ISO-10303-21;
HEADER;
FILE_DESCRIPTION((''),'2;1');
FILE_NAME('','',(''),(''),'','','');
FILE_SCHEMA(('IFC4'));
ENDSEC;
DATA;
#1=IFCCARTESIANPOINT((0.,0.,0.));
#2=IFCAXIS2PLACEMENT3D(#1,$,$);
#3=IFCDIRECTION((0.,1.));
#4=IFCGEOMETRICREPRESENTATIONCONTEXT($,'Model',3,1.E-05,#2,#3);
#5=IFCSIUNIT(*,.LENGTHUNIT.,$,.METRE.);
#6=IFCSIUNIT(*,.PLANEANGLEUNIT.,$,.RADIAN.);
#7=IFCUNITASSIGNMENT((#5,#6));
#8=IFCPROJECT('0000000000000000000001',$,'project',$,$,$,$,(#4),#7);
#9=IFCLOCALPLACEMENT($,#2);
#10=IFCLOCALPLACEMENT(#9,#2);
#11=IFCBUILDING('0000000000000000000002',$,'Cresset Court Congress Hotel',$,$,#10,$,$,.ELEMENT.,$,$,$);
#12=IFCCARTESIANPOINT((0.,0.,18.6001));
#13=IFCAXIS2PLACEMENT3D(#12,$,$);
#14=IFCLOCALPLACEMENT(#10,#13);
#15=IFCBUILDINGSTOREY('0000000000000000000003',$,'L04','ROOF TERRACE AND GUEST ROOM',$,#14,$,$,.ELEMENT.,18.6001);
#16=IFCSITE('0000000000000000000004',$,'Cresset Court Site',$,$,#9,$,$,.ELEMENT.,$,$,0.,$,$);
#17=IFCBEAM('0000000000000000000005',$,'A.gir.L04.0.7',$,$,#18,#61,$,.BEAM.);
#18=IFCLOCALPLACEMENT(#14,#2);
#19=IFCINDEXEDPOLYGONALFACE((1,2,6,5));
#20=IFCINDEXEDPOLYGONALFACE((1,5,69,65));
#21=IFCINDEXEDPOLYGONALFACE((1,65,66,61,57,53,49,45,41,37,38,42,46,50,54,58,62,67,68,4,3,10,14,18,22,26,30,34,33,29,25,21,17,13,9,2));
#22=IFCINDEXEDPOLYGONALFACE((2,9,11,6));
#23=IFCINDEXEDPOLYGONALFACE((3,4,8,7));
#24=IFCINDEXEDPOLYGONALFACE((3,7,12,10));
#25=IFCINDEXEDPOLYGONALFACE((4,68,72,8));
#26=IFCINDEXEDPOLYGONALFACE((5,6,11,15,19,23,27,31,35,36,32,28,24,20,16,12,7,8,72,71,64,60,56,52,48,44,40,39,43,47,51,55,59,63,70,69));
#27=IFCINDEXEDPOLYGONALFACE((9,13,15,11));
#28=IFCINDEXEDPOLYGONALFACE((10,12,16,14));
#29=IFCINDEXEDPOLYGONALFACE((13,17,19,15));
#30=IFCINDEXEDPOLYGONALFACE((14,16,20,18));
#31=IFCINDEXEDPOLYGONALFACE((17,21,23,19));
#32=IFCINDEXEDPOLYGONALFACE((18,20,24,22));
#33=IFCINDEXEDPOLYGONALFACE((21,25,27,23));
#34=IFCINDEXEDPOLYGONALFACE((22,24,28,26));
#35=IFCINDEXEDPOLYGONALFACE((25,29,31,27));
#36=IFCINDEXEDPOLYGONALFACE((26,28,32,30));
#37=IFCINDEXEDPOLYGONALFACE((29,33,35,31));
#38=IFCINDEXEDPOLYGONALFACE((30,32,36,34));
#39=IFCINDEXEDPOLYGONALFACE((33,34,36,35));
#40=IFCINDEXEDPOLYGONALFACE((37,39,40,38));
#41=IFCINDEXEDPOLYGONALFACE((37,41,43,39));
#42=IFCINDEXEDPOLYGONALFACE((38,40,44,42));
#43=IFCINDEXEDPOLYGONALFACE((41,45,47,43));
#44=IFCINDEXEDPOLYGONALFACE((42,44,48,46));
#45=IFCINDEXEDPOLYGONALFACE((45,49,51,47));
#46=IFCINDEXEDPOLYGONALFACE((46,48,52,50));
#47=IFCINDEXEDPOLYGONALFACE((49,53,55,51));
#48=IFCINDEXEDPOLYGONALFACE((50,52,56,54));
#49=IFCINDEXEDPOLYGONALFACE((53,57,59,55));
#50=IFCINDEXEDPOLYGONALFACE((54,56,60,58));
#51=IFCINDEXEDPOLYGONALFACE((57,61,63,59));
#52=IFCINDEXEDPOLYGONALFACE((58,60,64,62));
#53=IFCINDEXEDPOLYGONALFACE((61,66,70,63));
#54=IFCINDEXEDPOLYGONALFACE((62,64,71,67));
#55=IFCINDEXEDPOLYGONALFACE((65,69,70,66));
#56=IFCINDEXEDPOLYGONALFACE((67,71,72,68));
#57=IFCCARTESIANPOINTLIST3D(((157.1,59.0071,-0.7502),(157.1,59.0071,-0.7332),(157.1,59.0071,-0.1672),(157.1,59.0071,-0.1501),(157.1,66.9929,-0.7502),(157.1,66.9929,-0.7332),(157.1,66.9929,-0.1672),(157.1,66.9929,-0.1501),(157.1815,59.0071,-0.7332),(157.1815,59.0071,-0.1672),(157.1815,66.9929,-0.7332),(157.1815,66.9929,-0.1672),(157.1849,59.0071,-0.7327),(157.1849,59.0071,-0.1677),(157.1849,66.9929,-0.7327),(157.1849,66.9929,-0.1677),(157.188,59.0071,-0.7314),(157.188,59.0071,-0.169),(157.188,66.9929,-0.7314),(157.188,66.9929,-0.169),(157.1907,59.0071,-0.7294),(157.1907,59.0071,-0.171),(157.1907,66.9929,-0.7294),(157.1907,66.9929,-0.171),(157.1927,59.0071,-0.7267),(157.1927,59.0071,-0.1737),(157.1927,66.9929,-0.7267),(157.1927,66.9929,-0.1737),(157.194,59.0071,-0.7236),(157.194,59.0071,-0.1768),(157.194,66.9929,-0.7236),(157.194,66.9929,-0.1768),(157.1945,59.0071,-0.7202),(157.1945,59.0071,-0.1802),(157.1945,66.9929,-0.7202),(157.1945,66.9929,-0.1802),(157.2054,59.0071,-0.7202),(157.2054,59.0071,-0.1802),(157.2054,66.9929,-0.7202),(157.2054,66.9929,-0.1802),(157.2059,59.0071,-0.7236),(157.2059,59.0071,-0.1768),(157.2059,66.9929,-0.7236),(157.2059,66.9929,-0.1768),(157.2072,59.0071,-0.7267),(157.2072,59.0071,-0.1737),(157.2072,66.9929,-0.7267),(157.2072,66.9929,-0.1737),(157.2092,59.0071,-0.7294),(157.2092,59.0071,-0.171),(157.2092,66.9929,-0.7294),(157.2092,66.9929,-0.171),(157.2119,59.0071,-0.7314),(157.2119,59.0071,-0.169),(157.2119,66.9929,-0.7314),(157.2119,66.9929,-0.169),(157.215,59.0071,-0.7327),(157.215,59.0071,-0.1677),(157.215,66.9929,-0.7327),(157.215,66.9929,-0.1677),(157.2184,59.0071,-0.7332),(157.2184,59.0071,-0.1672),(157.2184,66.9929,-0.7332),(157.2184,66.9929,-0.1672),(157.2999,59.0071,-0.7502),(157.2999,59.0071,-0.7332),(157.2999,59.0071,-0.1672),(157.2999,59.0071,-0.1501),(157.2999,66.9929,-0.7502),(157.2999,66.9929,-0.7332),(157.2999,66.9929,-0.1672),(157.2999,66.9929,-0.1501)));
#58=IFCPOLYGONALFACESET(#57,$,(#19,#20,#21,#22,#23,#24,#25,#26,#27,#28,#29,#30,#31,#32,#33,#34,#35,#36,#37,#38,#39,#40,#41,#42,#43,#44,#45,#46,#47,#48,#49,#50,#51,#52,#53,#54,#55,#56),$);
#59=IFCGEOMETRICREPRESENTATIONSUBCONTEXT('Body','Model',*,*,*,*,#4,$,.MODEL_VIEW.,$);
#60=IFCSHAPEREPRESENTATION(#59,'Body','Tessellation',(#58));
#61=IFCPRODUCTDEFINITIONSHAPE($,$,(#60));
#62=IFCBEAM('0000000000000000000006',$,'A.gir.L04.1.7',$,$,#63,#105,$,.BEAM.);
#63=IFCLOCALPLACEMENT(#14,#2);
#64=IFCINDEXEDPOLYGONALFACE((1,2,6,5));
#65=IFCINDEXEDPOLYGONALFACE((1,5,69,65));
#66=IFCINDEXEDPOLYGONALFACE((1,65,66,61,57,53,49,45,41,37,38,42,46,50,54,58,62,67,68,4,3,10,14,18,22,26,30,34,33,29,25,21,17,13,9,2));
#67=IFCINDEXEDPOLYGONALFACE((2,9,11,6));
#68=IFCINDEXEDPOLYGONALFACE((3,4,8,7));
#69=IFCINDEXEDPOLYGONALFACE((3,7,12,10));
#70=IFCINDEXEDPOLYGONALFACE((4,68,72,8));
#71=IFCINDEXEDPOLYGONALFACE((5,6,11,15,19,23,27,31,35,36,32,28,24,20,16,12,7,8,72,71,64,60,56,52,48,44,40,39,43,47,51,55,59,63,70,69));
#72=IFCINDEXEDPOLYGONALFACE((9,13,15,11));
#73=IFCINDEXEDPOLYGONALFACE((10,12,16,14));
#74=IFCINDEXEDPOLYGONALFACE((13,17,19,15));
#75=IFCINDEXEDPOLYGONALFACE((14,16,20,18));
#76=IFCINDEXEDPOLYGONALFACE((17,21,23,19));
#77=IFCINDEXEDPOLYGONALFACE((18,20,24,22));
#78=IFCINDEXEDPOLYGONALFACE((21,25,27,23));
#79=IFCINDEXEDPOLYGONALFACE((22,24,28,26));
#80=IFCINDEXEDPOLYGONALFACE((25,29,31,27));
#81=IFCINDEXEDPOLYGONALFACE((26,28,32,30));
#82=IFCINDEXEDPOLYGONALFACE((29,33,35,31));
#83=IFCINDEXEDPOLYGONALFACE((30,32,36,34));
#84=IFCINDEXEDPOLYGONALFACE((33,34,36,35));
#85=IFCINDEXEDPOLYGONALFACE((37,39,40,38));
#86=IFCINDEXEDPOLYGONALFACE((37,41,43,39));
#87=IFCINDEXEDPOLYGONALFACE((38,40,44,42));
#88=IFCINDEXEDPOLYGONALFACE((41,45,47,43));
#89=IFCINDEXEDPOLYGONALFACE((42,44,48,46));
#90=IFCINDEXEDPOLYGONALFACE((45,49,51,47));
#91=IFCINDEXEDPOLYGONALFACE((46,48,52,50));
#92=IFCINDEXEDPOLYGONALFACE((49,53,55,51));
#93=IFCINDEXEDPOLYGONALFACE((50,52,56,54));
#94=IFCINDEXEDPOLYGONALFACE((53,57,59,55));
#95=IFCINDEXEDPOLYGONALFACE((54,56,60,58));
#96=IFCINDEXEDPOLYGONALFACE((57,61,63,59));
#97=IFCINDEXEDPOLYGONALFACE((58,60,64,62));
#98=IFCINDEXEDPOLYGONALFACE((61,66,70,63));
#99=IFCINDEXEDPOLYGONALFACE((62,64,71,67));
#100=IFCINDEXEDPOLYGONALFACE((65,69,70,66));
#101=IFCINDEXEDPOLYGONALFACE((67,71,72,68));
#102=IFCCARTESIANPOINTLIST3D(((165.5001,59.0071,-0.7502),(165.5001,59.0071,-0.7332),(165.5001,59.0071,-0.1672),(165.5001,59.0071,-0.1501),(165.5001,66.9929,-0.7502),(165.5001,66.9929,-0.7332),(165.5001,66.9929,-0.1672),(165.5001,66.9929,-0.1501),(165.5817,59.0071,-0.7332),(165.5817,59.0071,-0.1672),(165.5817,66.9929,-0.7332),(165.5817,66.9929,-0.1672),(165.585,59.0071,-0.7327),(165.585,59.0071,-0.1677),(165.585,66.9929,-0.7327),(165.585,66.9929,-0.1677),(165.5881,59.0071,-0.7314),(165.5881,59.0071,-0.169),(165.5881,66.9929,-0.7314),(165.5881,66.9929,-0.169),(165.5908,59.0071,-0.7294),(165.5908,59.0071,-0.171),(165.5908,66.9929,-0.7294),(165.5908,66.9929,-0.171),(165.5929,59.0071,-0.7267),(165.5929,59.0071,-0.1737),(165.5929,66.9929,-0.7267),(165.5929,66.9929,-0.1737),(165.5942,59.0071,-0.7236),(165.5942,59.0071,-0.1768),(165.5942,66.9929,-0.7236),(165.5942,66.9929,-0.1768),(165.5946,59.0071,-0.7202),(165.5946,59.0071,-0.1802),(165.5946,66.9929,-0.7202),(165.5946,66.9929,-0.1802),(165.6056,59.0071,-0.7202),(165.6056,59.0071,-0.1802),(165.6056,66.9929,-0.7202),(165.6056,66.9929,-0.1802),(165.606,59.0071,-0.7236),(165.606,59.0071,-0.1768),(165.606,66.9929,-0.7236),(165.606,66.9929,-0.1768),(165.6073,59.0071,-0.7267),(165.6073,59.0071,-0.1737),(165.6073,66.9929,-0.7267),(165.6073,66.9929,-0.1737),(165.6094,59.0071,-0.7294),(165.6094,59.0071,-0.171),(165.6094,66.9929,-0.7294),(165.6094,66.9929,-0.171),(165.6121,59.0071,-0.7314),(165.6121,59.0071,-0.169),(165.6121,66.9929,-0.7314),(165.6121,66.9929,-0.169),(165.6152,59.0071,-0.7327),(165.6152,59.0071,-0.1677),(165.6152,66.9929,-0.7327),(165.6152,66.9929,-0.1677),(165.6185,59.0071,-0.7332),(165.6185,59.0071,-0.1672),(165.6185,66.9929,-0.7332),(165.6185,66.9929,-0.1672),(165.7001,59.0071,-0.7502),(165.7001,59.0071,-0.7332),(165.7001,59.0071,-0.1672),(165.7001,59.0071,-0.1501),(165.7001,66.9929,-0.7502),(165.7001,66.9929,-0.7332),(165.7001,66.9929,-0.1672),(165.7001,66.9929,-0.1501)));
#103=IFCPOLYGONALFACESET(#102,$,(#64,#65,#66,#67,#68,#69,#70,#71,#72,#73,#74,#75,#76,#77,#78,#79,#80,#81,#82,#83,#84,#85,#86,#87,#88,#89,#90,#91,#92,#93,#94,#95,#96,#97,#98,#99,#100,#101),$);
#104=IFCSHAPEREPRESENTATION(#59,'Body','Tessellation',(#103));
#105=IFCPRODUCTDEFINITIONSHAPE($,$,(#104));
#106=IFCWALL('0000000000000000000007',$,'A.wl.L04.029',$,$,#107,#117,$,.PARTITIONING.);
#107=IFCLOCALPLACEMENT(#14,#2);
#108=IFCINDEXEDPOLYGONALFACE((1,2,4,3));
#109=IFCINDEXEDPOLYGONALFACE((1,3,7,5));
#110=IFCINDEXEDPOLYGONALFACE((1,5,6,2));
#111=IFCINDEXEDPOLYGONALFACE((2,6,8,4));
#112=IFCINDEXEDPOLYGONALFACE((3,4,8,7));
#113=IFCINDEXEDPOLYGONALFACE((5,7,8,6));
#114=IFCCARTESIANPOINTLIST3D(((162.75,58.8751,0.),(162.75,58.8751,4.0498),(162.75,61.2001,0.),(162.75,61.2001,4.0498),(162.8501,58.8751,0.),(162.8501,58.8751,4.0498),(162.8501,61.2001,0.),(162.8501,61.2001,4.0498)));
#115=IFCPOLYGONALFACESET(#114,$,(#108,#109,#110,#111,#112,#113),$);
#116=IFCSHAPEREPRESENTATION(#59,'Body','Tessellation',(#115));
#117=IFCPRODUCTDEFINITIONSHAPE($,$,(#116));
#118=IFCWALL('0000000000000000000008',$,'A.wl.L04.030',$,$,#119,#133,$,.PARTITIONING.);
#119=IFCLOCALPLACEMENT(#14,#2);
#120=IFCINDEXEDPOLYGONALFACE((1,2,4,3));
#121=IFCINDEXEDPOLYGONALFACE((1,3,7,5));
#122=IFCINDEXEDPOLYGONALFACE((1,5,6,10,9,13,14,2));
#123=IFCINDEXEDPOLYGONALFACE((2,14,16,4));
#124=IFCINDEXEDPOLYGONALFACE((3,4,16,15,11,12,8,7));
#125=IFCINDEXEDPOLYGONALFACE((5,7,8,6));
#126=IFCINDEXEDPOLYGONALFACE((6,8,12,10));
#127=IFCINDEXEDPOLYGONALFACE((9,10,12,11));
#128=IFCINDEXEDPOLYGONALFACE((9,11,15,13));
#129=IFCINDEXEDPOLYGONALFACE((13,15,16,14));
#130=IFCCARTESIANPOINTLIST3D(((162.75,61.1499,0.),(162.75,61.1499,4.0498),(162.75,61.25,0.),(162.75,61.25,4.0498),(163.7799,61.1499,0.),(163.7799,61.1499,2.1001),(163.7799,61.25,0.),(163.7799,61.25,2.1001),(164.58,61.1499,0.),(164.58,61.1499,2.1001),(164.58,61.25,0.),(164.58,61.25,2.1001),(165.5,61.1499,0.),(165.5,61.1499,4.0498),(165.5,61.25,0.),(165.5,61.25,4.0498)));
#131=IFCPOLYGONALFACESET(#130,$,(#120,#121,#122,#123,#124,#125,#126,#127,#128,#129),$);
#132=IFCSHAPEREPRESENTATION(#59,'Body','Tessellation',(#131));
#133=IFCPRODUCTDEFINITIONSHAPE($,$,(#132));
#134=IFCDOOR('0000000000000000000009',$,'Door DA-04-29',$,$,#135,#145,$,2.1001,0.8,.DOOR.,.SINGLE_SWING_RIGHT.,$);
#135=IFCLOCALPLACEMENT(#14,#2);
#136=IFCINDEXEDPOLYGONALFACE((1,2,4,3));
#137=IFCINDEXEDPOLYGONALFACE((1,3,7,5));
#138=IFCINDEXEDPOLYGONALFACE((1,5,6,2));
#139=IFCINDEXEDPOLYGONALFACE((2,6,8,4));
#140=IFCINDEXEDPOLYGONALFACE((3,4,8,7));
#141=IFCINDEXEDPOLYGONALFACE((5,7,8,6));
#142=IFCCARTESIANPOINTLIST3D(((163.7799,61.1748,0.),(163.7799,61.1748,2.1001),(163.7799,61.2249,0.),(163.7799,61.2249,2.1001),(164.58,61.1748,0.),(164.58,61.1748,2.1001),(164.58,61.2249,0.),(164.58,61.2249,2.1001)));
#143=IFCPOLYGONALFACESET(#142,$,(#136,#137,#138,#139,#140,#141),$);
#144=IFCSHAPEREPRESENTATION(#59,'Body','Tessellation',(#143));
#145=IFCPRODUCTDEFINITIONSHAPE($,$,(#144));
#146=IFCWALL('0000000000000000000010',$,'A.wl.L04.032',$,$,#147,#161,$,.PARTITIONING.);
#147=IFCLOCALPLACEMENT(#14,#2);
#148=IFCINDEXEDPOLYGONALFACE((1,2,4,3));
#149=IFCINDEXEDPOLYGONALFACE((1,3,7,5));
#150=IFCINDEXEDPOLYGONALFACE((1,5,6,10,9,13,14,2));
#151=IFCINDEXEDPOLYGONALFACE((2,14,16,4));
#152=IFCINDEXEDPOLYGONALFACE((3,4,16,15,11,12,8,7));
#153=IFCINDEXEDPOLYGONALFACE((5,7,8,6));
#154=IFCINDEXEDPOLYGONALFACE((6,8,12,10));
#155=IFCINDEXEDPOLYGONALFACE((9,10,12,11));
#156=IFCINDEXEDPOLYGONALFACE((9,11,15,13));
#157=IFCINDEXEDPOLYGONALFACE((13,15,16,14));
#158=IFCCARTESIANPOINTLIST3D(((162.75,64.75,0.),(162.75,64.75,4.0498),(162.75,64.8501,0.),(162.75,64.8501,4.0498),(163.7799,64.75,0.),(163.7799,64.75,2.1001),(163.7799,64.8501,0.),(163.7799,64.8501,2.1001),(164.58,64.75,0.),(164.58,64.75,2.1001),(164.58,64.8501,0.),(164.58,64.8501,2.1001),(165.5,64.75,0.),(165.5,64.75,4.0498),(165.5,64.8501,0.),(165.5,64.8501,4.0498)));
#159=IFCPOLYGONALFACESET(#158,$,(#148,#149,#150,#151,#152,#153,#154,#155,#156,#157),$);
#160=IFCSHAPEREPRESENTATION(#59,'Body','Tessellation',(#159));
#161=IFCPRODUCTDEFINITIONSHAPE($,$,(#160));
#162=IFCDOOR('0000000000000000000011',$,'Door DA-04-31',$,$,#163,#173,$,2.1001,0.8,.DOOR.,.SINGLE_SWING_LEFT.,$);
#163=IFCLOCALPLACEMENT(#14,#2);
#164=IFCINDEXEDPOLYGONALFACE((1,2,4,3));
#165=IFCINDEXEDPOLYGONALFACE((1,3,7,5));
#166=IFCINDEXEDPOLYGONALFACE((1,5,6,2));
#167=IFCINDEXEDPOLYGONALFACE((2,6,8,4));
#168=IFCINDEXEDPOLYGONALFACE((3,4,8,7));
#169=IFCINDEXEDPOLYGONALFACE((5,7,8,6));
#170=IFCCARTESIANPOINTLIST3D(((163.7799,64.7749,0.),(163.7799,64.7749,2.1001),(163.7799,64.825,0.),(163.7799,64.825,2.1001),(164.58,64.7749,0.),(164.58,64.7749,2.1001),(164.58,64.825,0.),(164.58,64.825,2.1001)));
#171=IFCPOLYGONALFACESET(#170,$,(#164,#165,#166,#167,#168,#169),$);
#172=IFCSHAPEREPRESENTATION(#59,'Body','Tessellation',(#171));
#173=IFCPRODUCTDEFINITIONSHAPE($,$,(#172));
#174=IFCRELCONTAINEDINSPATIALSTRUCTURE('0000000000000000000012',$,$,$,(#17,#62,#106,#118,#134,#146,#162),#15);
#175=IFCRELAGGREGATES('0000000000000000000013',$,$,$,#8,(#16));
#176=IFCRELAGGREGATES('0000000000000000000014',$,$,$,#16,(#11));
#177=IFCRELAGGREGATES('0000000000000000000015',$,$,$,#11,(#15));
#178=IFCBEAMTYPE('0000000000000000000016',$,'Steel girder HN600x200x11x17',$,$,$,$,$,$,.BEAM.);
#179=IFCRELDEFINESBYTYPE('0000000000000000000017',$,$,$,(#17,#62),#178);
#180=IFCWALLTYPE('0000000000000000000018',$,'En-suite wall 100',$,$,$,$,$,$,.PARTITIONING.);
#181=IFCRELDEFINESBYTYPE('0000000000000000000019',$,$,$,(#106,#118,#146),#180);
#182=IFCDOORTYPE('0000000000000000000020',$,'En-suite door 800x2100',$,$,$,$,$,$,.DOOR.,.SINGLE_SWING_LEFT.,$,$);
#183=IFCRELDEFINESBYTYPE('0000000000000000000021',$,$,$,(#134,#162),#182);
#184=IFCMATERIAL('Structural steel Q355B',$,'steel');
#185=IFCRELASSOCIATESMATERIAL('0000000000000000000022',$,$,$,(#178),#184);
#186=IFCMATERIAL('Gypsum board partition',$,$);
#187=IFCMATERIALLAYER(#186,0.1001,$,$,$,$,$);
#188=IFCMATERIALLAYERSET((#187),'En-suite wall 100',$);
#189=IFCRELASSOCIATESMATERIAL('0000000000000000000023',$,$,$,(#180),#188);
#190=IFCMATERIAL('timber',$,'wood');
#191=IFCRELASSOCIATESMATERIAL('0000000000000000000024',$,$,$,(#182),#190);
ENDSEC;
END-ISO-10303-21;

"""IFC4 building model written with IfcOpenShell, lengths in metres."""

from ifc_helpers import new_model, si_unit, direction, frame, frame_2d, origin, origin_2d, place, context, subcontext, project, spatial, rectangle, i_section, extrude, material, layer, layer_set, material_profile, profile_set, type_object, element, fill, save


model = new_model("IFC4")

# Units and contexts
model_context = context("Model", 3, precision=1e-05, world=origin(), true_north=direction((0.0, 1.0)))
body_context = subcontext(model_context, "Body", "Model", "MODEL_VIEW")
ifc_project = project(units=[si_unit("LENGTHUNIT", "METRE"), si_unit("PLANEANGLEUNIT", "RADIAN")], contexts=[model_context])

# Site, building, storey
site_placement = place(None, origin())
site = spatial("IfcSite", under=ifc_project, at=site_placement, Name="Cresset Court Site", CompositionType="ELEMENT", RefElevation=0.0)
building_placement = place(site_placement, origin())
building = spatial("IfcBuilding", under=site, at=building_placement, Name="Cresset Court Congress Hotel", CompositionType="ELEMENT")
storey_placement = place(building_placement, frame((0.0, 0.0, 18.6001)))
storey = spatial("IfcBuildingStorey", under=building, at=storey_placement, Name="L04", Description="ROOF TERRACE AND GUEST ROOM", CompositionType="ELEMENT", Elevation=18.6001)

# Beams
ifc_material_1 = material(Name="Structural steel Q355B", Category="steel")
ifc_material_profile_1 = material_profile(ifc_material_1, i_section(OverallWidth=0.2, OverallDepth=0.6001, WebThickness=0.011, FlangeThickness=0.0171, FilletRadius=0.0129, at=origin_2d()), Name="HN600x200x11x17")
ifc_profile_set_1 = profile_set([ifc_material_profile_1], Name="Structural steel Q355B")
beam_type_1 = type_object("IfcBeamType", Name="Steel girder HN600x200x11x17", PredefinedType="BEAM", material=ifc_profile_set_1)
for number, where, z_axis, x_axis, name in (
    (1, (157.2, 59.0071, -0.4502), (0.0, 1.0, 0.0), (-1.0, 0.0, 0.0), "A.gir.L04.0.7"),
    (2, (165.6001, 59.0071, -0.4502), (0.0, 1.0, 0.0), (-1.0, 0.0, 0.0), "A.gir.L04.1.7"),
):
    element("IfcBeam", number, at=place(storey_placement, frame(where, z_axis=z_axis, x_axis=x_axis)), inside=storey, type_object=beam_type_1, Name=name, PredefinedType="BEAM", context=body_context, shape_type="SweptSolid", body=[
        extrude(i_section(OverallWidth=0.2, OverallDepth=0.6001, WebThickness=0.011, FlangeThickness=0.0171, FilletRadius=0.0129, at=origin_2d()), origin(), (0.0, 0.0, 1.0), 7.9858),
    ])

# Wall
ifc_material_2 = material(Name="Gypsum board partition")
ifc_layer_1 = layer(ifc_material_2, 0.1001)
ifc_layer_set_1 = layer_set([ifc_layer_1], Name="En-suite wall 100")
wall_type_1 = type_object("IfcWallType", Name="En-suite wall 100", PredefinedType="PARTITIONING", material=ifc_layer_set_1)
wall_1_placement = place(storey_placement, frame((162.8, 58.875, 0.0), z_axis=(0.0, 0.0, 1.0), x_axis=(0.0, 1.0, 0.0)))
element("IfcWall", 3, at=wall_1_placement, inside=storey, type_object=wall_type_1, Name="A.wl.L04.029", PredefinedType="PARTITIONING", context=body_context, shape_type="SweptSolid", body=[
    extrude(rectangle(XDim=2.325, YDim=0.1001, at=frame_2d((1.1626, 0.0))), origin(), (0.0, 0.0, 1.0), 4.0498),
])

# Wall, opening, door
wall_2_placement = place(storey_placement, frame((162.75, 61.2, 0.0), z_axis=(0.0, 0.0, 1.0), x_axis=(1.0, 0.0, 0.0)))
wall_2 = element("IfcWall", 4, at=wall_2_placement, inside=storey, type_object=wall_type_1, Name="A.wl.L04.030", PredefinedType="PARTITIONING", context=body_context, shape_type="SweptSolid", body=[
    extrude(rectangle(XDim=2.75, YDim=0.1001, at=frame_2d((1.375, 0.0))), origin(), (0.0, 0.0, 1.0), 4.0498),
])
opening_1_placement = place(wall_2_placement, frame((1.03, 0.0, 0.0)))
opening_1 = element("IfcOpeningElement", 5, at=opening_1_placement, cuts=wall_2, PredefinedType="OPENING", context=body_context, shape_type="SweptSolid", body=[
    extrude(rectangle(XDim=0.8, YDim=2.1001, at=frame_2d((0.3999, 1.05))), frame((0.0, 0.0601, 0.0), z_axis=(0.0, -1.0, 0.0), x_axis=(1.0, 0.0, 0.0)), (0.0, 0.0, 1.0), 0.1201),
])
ifc_material_3 = material(Name="timber", Category="wood")
door_type = type_object("IfcDoorType", Name="En-suite door 800x2100", OperationType="SINGLE_SWING_LEFT", PredefinedType="DOOR", material=ifc_material_3)
door_1_placement = place(opening_1_placement, origin())
door_1 = element("IfcDoor", 6, at=door_1_placement, inside=storey, type_object=door_type, Name="Door DA-04-29", OperationType="SINGLE_SWING_RIGHT", OverallHeight=2.1001, OverallWidth=0.8, PredefinedType="DOOR", context=body_context, shape_type="SweptSolid", body=[
    extrude(rectangle(XDim=0.8, YDim=2.1001, at=frame_2d((0.3999, 1.05))), frame((0.0, 0.0249, 0.0), z_axis=(0.0, -1.0, 0.0), x_axis=(1.0, 0.0, 0.0)), (0.0, 0.0, 1.0), 0.05),
])
fill(opening_1, door_1)

# Wall, opening, door
wall_3_placement = place(storey_placement, frame((162.75, 64.8, 0.0), z_axis=(0.0, 0.0, 1.0), x_axis=(1.0, 0.0, 0.0)))
wall_3 = element("IfcWall", 7, at=wall_3_placement, inside=storey, type_object=wall_type_1, Name="A.wl.L04.032", PredefinedType="PARTITIONING", context=body_context, shape_type="SweptSolid", body=[
    extrude(rectangle(XDim=2.75, YDim=0.1001, at=frame_2d((1.375, 0.0))), origin(), (0.0, 0.0, 1.0), 4.0498),
])
opening_2_placement = place(wall_3_placement, frame((1.03, 0.0, 0.0)))
opening_2 = element("IfcOpeningElement", 8, at=opening_2_placement, cuts=wall_3, PredefinedType="OPENING", context=body_context, shape_type="SweptSolid", body=[
    extrude(rectangle(XDim=0.8, YDim=2.1001, at=frame_2d((0.3999, 1.05))), frame((0.0, 0.0601, 0.0), z_axis=(0.0, -1.0, 0.0), x_axis=(1.0, 0.0, 0.0)), (0.0, 0.0, 1.0), 0.1201),
])
door_2_placement = place(opening_2_placement, origin())
door_2 = element("IfcDoor", 9, at=door_2_placement, inside=storey, type_object=door_type, Name="Door DA-04-31", OperationType="SINGLE_SWING_LEFT", OverallHeight=2.1001, OverallWidth=0.8, PredefinedType="DOOR", context=body_context, shape_type="SweptSolid", body=[
    extrude(rectangle(XDim=0.8, YDim=2.1001, at=frame_2d((0.3999, 1.05))), frame((0.0, 0.0249, 0.0), z_axis=(0.0, -1.0, 0.0), x_axis=(1.0, 0.0, 0.0)), (0.0, 0.0, 1.0), 0.05),
])
fill(opening_2, door_2)

save(model, "model.ifc")
